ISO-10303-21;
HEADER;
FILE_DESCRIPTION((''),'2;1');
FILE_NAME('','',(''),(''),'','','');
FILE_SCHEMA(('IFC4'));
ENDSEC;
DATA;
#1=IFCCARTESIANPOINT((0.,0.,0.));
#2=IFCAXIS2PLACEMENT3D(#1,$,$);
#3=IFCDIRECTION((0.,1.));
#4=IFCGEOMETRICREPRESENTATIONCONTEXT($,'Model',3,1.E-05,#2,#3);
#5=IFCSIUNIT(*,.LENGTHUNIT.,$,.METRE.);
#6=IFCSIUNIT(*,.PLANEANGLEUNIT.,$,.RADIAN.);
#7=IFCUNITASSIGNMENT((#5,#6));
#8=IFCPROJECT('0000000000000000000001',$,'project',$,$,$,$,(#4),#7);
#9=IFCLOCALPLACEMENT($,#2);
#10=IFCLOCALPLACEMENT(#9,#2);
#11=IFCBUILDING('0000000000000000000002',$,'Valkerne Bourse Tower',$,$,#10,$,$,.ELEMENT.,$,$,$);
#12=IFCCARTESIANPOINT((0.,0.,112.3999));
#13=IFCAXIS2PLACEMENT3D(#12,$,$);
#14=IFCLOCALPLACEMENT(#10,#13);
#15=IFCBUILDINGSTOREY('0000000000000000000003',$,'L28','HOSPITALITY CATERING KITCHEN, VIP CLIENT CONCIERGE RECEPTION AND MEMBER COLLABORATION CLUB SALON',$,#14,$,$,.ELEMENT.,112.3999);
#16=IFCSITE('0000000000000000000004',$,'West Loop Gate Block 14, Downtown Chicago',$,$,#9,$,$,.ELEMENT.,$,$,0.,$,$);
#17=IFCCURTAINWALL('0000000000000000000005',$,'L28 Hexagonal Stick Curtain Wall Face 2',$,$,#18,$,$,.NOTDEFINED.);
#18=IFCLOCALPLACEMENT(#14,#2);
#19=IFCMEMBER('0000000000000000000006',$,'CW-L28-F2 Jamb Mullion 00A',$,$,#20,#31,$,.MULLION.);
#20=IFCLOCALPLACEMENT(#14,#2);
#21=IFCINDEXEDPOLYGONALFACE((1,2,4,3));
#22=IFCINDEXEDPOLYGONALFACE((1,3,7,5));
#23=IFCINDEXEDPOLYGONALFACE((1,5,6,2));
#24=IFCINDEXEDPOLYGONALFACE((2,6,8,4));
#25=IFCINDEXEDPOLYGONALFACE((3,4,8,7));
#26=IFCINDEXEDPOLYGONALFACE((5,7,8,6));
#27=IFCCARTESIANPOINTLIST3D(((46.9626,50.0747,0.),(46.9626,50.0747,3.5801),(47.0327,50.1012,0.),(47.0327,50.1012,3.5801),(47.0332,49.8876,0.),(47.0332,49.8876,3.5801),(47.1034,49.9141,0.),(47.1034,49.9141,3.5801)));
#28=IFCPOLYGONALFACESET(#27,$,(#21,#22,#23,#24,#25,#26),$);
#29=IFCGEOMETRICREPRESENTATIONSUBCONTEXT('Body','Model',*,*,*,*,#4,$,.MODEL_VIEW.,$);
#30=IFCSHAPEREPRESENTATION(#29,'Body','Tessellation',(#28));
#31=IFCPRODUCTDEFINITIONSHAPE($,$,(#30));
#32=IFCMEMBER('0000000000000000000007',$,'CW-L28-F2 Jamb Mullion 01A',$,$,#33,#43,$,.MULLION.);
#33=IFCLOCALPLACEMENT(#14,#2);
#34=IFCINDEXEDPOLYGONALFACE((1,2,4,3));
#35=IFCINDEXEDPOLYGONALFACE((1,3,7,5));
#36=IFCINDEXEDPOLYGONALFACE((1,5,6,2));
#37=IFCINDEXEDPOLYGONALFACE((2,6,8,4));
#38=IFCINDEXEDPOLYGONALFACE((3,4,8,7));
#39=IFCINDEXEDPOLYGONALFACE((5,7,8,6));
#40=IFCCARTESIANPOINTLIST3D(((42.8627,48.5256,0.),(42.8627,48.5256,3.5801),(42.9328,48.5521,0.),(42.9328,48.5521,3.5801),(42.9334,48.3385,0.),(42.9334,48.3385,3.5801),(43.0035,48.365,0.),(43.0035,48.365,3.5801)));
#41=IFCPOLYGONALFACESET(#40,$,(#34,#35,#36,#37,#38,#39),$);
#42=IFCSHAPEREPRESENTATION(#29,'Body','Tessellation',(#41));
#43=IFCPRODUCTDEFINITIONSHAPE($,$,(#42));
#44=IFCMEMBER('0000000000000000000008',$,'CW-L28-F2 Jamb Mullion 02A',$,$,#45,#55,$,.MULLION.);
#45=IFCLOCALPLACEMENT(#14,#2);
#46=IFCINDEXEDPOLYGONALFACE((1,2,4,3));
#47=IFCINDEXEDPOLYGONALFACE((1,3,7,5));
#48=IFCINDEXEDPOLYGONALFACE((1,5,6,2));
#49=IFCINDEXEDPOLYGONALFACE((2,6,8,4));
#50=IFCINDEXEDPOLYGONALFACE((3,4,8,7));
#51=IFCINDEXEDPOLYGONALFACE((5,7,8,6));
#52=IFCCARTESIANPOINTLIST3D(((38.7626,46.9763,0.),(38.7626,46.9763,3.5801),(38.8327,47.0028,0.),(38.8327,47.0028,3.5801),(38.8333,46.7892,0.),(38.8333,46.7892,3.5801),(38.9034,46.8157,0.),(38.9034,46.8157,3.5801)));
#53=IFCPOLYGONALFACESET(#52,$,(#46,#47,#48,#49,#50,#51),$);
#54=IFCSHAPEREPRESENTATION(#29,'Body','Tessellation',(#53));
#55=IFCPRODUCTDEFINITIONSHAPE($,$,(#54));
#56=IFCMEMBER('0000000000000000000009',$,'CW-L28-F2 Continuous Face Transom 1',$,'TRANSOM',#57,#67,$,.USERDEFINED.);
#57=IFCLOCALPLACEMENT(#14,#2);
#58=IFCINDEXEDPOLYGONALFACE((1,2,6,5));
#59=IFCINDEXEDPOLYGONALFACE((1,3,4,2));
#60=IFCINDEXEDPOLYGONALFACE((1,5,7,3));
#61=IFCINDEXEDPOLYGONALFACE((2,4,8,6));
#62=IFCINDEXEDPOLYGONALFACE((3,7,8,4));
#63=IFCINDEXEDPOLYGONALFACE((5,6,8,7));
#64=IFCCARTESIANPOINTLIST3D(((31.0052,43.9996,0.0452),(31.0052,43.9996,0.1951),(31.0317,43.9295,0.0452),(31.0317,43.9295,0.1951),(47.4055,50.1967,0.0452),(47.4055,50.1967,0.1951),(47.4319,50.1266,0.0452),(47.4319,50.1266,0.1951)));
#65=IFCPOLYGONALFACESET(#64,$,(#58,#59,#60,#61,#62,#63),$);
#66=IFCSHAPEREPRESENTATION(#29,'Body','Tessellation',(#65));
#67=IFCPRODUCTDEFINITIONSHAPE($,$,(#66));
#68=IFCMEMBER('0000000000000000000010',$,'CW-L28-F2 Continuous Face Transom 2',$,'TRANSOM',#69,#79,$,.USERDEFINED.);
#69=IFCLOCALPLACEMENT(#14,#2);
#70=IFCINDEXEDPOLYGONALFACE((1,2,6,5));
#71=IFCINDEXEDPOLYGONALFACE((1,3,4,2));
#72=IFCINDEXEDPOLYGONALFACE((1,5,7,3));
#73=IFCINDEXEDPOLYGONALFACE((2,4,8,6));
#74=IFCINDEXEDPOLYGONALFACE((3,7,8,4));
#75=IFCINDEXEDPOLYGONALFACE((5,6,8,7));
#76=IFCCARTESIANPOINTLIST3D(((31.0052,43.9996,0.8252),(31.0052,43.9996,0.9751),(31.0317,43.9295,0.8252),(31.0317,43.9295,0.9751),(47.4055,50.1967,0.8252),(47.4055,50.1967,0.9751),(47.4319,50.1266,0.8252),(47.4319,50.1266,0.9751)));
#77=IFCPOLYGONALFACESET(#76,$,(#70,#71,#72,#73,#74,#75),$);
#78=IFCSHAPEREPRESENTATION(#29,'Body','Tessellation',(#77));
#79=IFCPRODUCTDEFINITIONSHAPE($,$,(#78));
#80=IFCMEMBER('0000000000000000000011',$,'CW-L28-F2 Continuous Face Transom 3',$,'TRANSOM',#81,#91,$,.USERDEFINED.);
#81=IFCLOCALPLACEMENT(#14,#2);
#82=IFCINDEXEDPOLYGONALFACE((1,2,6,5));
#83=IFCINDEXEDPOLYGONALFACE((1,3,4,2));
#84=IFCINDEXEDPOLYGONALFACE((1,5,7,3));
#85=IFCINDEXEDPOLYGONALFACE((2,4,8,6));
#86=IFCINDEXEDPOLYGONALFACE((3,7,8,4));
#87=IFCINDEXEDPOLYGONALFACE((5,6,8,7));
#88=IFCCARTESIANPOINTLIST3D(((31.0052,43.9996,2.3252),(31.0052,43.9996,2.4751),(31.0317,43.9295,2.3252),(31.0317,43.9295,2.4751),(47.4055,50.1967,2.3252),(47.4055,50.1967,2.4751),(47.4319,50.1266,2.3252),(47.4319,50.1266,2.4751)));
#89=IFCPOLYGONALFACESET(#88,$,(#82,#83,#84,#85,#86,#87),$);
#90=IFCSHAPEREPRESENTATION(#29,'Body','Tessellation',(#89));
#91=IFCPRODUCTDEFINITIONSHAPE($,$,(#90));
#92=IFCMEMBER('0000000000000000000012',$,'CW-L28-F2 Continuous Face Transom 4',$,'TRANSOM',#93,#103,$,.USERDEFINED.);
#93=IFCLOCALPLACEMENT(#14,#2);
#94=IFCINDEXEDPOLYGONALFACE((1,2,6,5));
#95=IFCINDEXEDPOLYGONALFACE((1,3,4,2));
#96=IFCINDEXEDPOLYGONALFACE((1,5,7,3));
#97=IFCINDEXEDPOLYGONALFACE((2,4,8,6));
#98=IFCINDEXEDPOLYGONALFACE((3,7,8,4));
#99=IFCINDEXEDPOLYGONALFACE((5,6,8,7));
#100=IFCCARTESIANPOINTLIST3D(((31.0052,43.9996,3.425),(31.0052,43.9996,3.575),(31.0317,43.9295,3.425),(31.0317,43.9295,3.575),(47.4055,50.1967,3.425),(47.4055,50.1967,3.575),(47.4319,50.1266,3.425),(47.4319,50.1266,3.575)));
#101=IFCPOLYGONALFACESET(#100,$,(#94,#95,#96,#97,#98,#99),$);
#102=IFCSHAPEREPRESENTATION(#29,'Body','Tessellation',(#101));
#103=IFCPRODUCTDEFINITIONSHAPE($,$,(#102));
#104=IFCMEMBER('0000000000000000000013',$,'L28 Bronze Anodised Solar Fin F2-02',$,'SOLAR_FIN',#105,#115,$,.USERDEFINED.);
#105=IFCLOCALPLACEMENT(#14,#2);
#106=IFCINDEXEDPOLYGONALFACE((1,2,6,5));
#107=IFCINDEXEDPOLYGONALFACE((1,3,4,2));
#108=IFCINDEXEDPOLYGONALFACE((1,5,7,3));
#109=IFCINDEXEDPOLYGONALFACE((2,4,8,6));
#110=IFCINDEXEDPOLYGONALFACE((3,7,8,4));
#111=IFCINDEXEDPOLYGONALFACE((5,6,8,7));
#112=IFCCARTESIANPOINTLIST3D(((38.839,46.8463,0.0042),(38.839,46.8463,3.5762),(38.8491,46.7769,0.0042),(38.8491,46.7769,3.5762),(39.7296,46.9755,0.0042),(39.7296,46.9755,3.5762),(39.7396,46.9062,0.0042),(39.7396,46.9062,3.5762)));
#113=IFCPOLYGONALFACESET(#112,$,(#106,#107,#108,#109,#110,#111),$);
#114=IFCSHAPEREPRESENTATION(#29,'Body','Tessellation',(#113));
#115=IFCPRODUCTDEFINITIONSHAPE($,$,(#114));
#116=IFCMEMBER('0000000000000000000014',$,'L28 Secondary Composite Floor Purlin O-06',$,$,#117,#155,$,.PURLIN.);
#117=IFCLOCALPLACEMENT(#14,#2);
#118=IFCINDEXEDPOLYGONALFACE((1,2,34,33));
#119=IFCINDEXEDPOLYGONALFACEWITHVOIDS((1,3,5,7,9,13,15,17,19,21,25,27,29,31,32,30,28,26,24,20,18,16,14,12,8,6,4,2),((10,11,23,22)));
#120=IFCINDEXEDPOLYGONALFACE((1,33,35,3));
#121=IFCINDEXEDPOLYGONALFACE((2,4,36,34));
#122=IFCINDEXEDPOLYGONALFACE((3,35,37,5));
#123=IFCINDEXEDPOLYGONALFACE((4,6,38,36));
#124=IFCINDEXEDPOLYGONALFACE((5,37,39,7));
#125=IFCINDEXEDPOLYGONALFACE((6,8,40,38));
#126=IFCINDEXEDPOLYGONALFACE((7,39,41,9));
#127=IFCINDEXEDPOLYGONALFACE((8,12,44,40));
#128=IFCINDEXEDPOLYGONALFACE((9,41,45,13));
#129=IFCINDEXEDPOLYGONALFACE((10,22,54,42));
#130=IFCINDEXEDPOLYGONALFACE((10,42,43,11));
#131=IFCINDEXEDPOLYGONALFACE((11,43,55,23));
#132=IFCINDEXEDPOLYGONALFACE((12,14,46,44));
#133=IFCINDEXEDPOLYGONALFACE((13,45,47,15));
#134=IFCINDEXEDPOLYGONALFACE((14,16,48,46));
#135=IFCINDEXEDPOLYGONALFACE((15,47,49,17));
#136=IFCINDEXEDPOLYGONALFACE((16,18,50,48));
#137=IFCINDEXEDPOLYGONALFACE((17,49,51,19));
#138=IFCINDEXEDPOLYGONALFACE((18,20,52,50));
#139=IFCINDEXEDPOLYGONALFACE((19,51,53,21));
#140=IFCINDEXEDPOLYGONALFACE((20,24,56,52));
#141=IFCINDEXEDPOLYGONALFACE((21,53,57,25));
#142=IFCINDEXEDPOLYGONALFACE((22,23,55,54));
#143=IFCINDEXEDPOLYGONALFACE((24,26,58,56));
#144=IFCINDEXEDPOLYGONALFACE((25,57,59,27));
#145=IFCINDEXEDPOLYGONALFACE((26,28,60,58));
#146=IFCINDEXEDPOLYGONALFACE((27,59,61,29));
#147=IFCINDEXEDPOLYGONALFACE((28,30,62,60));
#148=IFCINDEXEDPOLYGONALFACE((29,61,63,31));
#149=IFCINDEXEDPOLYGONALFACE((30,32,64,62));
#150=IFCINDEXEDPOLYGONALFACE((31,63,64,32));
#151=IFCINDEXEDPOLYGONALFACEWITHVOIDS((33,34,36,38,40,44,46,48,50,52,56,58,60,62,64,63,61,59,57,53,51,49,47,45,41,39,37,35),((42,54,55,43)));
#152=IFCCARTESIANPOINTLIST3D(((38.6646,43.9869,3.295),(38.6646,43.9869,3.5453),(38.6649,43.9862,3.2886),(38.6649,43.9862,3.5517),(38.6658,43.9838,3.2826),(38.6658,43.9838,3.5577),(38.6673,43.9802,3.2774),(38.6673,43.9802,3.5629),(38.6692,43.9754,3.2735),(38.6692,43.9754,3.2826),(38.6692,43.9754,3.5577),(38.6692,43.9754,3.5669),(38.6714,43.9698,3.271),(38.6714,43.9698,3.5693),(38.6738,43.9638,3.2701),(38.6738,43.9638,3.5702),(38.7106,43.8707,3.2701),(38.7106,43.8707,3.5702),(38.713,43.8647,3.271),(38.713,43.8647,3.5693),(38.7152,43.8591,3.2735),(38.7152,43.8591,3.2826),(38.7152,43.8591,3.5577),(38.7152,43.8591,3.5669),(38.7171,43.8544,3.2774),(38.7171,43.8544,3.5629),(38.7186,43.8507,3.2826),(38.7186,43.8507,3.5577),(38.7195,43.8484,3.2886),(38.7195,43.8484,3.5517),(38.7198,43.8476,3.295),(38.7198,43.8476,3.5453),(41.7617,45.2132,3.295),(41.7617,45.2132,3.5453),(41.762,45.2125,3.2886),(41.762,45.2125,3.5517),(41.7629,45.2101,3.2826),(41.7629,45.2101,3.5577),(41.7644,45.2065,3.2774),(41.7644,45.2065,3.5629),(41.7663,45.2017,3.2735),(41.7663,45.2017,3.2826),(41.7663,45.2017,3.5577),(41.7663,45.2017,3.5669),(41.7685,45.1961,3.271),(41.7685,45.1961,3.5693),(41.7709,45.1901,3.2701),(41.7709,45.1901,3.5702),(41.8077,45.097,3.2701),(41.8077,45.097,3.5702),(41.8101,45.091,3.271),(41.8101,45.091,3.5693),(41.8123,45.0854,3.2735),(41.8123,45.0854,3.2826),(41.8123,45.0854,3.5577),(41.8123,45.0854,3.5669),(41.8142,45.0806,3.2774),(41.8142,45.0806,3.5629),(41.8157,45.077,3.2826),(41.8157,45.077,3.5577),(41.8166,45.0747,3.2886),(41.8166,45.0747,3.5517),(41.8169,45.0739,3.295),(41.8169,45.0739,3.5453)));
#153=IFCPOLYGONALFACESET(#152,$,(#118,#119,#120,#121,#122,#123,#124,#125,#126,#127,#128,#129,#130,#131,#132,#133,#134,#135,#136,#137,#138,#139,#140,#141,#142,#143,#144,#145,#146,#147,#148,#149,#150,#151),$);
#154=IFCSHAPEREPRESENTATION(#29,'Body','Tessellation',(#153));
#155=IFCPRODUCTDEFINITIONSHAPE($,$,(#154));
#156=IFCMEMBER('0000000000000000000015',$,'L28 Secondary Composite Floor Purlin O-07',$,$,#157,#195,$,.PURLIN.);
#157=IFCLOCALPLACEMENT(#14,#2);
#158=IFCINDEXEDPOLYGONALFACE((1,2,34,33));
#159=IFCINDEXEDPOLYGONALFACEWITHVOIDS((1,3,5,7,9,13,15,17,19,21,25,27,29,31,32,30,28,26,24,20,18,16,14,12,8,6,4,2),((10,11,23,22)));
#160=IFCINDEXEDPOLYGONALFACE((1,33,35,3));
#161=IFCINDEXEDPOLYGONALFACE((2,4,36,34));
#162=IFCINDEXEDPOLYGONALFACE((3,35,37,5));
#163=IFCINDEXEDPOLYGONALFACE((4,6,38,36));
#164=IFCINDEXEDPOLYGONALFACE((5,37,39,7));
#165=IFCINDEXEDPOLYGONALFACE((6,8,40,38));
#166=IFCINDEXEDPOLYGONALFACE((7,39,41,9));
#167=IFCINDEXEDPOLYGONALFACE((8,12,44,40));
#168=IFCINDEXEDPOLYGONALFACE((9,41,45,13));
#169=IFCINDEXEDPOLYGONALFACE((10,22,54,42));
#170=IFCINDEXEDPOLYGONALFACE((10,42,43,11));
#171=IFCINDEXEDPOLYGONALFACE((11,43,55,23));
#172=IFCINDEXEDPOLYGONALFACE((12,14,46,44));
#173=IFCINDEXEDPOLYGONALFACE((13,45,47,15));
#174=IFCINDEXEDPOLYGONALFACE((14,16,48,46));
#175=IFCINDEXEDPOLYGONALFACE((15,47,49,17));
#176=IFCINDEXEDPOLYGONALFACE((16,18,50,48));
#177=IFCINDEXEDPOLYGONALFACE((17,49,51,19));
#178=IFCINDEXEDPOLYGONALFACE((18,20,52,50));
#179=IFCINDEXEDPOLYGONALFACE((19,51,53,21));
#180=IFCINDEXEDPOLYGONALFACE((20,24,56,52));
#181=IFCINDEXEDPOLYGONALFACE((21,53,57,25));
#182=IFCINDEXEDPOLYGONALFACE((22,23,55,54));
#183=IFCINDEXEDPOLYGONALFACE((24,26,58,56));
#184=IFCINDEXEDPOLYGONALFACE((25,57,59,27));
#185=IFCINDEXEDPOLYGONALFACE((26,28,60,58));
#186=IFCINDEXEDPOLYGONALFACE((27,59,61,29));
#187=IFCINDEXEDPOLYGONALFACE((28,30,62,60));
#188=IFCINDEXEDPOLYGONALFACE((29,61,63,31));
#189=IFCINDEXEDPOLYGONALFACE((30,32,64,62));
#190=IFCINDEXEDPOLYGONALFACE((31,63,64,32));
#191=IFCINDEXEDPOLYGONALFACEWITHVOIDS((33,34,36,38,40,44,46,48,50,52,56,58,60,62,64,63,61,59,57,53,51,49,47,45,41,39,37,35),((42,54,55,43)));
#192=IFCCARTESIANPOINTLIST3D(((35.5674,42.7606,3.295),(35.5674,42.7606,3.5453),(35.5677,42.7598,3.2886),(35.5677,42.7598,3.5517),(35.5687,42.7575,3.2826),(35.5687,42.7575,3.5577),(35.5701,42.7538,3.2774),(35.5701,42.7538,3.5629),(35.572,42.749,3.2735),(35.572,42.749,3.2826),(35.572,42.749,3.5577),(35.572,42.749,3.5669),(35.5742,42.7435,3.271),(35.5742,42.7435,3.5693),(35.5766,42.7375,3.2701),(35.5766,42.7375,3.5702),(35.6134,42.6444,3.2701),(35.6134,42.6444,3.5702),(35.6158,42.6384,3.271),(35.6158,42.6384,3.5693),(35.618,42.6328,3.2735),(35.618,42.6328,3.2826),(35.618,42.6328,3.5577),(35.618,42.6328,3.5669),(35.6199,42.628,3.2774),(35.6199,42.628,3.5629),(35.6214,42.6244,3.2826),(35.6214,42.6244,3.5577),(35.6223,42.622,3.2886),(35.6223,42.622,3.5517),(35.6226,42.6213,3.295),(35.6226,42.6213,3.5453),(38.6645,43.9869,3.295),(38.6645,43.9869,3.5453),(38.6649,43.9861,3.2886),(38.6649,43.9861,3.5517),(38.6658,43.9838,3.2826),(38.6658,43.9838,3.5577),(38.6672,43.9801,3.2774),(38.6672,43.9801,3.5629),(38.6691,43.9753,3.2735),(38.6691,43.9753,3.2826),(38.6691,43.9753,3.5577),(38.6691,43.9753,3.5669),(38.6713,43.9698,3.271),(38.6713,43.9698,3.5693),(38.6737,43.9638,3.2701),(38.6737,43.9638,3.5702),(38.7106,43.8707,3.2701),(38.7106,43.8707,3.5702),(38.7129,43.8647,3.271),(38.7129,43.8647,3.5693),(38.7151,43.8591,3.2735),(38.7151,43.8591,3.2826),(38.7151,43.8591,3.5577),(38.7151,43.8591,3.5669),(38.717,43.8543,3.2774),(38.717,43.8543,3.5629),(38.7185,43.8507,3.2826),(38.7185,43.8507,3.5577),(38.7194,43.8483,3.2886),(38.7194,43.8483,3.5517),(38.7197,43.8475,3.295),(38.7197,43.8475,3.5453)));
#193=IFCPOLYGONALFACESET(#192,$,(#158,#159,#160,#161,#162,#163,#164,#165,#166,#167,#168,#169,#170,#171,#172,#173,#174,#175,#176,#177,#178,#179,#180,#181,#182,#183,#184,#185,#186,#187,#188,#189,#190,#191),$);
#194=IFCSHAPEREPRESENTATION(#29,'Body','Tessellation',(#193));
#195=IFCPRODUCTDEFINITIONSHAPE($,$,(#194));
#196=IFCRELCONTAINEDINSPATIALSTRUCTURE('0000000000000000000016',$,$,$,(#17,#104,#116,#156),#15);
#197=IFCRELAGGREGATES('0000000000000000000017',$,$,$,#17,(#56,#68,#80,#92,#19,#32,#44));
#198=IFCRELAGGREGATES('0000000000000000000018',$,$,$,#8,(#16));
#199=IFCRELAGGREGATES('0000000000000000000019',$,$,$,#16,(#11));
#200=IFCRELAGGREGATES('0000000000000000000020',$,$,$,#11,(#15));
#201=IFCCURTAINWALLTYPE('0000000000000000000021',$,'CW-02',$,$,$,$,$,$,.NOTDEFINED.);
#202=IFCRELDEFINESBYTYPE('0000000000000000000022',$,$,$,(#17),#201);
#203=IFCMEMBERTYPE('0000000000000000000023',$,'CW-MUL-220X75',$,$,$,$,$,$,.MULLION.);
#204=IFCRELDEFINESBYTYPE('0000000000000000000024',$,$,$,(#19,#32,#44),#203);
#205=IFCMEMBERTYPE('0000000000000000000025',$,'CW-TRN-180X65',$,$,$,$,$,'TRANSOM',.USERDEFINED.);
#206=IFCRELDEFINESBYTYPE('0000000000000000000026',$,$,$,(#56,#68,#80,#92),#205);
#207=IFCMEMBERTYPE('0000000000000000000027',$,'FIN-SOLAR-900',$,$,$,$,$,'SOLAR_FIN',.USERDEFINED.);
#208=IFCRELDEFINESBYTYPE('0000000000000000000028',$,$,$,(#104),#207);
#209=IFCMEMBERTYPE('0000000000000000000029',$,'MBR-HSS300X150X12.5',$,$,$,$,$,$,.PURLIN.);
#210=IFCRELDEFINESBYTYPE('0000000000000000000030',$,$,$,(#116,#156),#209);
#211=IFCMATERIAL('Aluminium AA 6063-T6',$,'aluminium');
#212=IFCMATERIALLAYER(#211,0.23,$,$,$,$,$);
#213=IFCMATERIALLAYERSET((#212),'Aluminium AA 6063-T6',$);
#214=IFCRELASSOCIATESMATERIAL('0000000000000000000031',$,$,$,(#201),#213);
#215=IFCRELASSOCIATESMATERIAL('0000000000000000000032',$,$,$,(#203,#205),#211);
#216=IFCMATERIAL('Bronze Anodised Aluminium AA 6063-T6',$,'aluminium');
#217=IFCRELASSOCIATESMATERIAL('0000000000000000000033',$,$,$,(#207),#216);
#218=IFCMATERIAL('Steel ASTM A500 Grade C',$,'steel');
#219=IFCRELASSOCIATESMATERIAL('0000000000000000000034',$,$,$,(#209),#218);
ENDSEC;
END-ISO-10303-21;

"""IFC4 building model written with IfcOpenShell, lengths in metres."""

from ifc_helpers import new_model, si_unit, direction, frame, origin, origin_2d, place, context, subcontext, project, spatial, rectangle, hollow_rectangle, extrude, material, layer, layer_set, material_profile, profile_set, type_object, element, aggregate, save


model = new_model("IFC4")

# Units and contexts
model_context = context("Model", 3, precision=1e-05, world=origin(), true_north=direction((0.0, 1.0)))
body_context = subcontext(model_context, "Body", "Model", "MODEL_VIEW")
ifc_project = project(units=[si_unit("LENGTHUNIT", "METRE"), si_unit("PLANEANGLEUNIT", "RADIAN")], contexts=[model_context])

# Site, building, storey
site_placement = place(None, origin())
site = spatial("IfcSite", under=ifc_project, at=site_placement, Name="West Loop Gate Block 14, Downtown Chicago", CompositionType="ELEMENT", RefElevation=0.0)
building_placement = place(site_placement, origin())
building = spatial("IfcBuilding", under=site, at=building_placement, Name="Valkerne Bourse Tower", CompositionType="ELEMENT")
storey_placement = place(building_placement, frame((0.0, 0.0, 112.3999)))
storey = spatial("IfcBuildingStorey", under=building, at=storey_placement, Name="L28", Description="HOSPITALITY CATERING KITCHEN, VIP CLIENT CONCIERGE RECEPTION AND MEMBER COLLABORATION CLUB SALON", CompositionType="ELEMENT", Elevation=112.3999)

# Curtain wall, members
ifc_material_1 = material(Name="Aluminium AA 6063-T6", Category="aluminium")
ifc_layer_1 = layer(ifc_material_1, 0.23)
ifc_layer_set_1 = layer_set([ifc_layer_1], Name="Aluminium AA 6063-T6")
curtain_wall_type = type_object("IfcCurtainWallType", Name="CW-02", PredefinedType="NOTDEFINED", material=ifc_layer_set_1)
curtain_wall_placement = place(storey_placement, origin())
curtain_wall = element("IfcCurtainWall", 1, at=curtain_wall_placement, inside=storey, type_object=curtain_wall_type, Name="L28 Hexagonal Stick Curtain Wall Face 2", PredefinedType="NOTDEFINED")
ifc_material_profile_1 = material_profile(ifc_material_1, rectangle(XDim=0.075, YDim=0.2, at=origin_2d()), Name="CWM-75X200")
ifc_profile_set_1 = profile_set([ifc_material_profile_1], Name="Aluminium AA 6063-T6")
member_type_1 = type_object("IfcMemberType", Name="CW-MUL-220X75", PredefinedType="MULLION", material=ifc_profile_set_1)
member_1_placement = place(storey_placement, frame((47.033, 49.9944, 0.0), z_axis=(0.0, 0.0, 1.0), x_axis=(-0.935449, -0.353463, 0.0)))
member_1 = element("IfcMember", 2, at=member_1_placement, type_object=member_type_1, Name="CW-L28-F2 Jamb Mullion 00A", PredefinedType="MULLION", context=body_context, shape_type="SweptSolid", body=[
    extrude(rectangle(XDim=0.075, YDim=0.2, at=origin_2d()), origin(), (0.0, 0.0, 1.0), 3.5801),
])
member_2_placement = place(storey_placement, frame((42.9331, 48.4453, 0.0), z_axis=(0.0, 0.0, 1.0), x_axis=(-0.935444, -0.353475, 0.0)))
member_2 = element("IfcMember", 3, at=member_2_placement, type_object=member_type_1, Name="CW-L28-F2 Jamb Mullion 01A", PredefinedType="MULLION", context=body_context, shape_type="SweptSolid", body=[
    extrude(rectangle(XDim=0.075, YDim=0.2, at=origin_2d()), origin(), (0.0, 0.0, 1.0), 3.5801),
])
member_3_placement = place(storey_placement, frame((38.833, 46.896, 0.0), z_axis=(0.0, 0.0, 1.0), x_axis=(-0.935441, -0.353483, 0.0)))
member_3 = element("IfcMember", 4, at=member_3_placement, type_object=member_type_1, Name="CW-L28-F2 Jamb Mullion 02A", PredefinedType="MULLION", context=body_context, shape_type="SweptSolid", body=[
    extrude(rectangle(XDim=0.075, YDim=0.2, at=origin_2d()), origin(), (0.0, 0.0, 1.0), 3.5801),
])
ifc_material_profile_2 = material_profile(ifc_material_1, rectangle(XDim=0.075, YDim=0.1499, at=origin_2d()), Name="CWT-75X150")
ifc_profile_set_2 = profile_set([ifc_material_profile_2], Name="Aluminium AA 6063-T6")
member_type_2 = type_object("IfcMemberType", Name="CW-TRN-180X65", ElementType="TRANSOM", PredefinedType="USERDEFINED", material=ifc_profile_set_2)
member_4_placement = place(storey_placement, frame((47.4187, 50.1616, 0.1201), z_axis=(-0.935445, -0.353471, 0.0), x_axis=(0.353471, -0.935445, 0.0)))
member_4 = element("IfcMember", 5, at=member_4_placement, type_object=member_type_2, Name="CW-L28-F2 Continuous Face Transom 1", ObjectType="TRANSOM", PredefinedType="USERDEFINED", context=body_context, shape_type="SweptSolid", body=[
    extrude(rectangle(XDim=0.075, YDim=0.1499, at=origin_2d()), origin(), (0.0, 0.0, 1.0), 17.532),
])
member_5_placement = place(storey_placement, frame((47.4187, 50.1616, 0.9001), z_axis=(-0.935445, -0.353471, 0.0), x_axis=(0.353471, -0.935445, 0.0)))
member_5 = element("IfcMember", 6, at=member_5_placement, type_object=member_type_2, Name="CW-L28-F2 Continuous Face Transom 2", ObjectType="TRANSOM", PredefinedType="USERDEFINED", context=body_context, shape_type="SweptSolid", body=[
    extrude(rectangle(XDim=0.075, YDim=0.1499, at=origin_2d()), origin(), (0.0, 0.0, 1.0), 17.532),
])
member_6_placement = place(storey_placement, frame((47.4187, 50.1616, 2.4001), z_axis=(-0.935445, -0.353471, 0.0), x_axis=(0.353471, -0.935445, 0.0)))
member_6 = element("IfcMember", 7, at=member_6_placement, type_object=member_type_2, Name="CW-L28-F2 Continuous Face Transom 3", ObjectType="TRANSOM", PredefinedType="USERDEFINED", context=body_context, shape_type="SweptSolid", body=[
    extrude(rectangle(XDim=0.075, YDim=0.1499, at=origin_2d()), origin(), (0.0, 0.0, 1.0), 17.532),
])
member_7_placement = place(storey_placement, frame((47.4187, 50.1616, 3.5), z_axis=(-0.935445, -0.353471, 0.0), x_axis=(0.353471, -0.935445, 0.0)))
member_7 = element("IfcMember", 8, at=member_7_placement, type_object=member_type_2, Name="CW-L28-F2 Continuous Face Transom 4", ObjectType="TRANSOM", PredefinedType="USERDEFINED", context=body_context, shape_type="SweptSolid", body=[
    extrude(rectangle(XDim=0.075, YDim=0.1499, at=origin_2d()), origin(), (0.0, 0.0, 1.0), 17.532),
])

# Members
ifc_material_2 = material(Name="Bronze Anodised Aluminium AA 6063-T6", Category="aluminium")
ifc_material_profile_3 = material_profile(ifc_material_2, rectangle(XDim=0.0701, YDim=0.8999, at=origin_2d()), Name="FIN-70X900")
ifc_profile_set_3 = profile_set([ifc_material_profile_3], Name="Bronze Anodised Aluminium AA 6063-T6")
member_type_3 = type_object("IfcMemberType", Name="FIN-SOLAR-900", ElementType="SOLAR_FIN", PredefinedType="USERDEFINED", material=ifc_profile_set_3)
member_8_placement = place(storey_placement, frame((39.2893, 46.8762, 0.0042), z_axis=(0.0, 0.0, 1.0), x_axis=(-0.143662, 0.989627, 0.0)))
element("IfcMember", 9, at=member_8_placement, inside=storey, type_object=member_type_3, Name="L28 Bronze Anodised Solar Fin F2-02", ObjectType="SOLAR_FIN", PredefinedType="USERDEFINED", context=body_context, shape_type="SweptSolid", body=[
    extrude(rectangle(XDim=0.0701, YDim=0.8999, at=origin_2d()), origin(), (0.0, 0.0, 1.0), 3.572),
])
ifc_material_3 = material(Name="Steel ASTM A500 Grade C", Category="steel")
ifc_material_profile_4 = material_profile(ifc_material_3, hollow_rectangle(XDim=0.1499, YDim=0.3, WallThickness=0.0125, OuterFilletRadius=0.0249, at=origin_2d()), Name="HSS300X150X12.5")
ifc_profile_set_4 = profile_set([ifc_material_profile_4], Name="Steel ASTM A500 Grade C")
member_type_4 = type_object("IfcMemberType", Name="MBR-HSS300X150X12.5", PredefinedType="PURLIN", material=ifc_profile_set_4)
for number, where, z_axis, x_axis, name in (
    (10, (41.7893, 45.1436, 3.4202), (-0.92977, -0.368141, 0.0), (0.368141, -0.92977, 0.0), "L28 Secondary Composite Floor Purlin O-06"),
    (11, (38.6921, 43.9172, 3.4202), (-0.92977, -0.368141, 0.0), (0.368141, -0.92977, 0.0), "L28 Secondary Composite Floor Purlin O-07"),
):
    element("IfcMember", number, at=place(storey_placement, frame(where, z_axis=z_axis, x_axis=x_axis)), inside=storey, type_object=member_type_4, Name=name, PredefinedType="PURLIN", context=body_context, shape_type="SweptSolid", body=[
        extrude(hollow_rectangle(XDim=0.1499, YDim=0.3, WallThickness=0.0125, OuterFilletRadius=0.0249, at=origin_2d()), origin(), (0.0, 0.0, 1.0), 3.3311),
    ])

aggregate(curtain_wall, [member_4, member_5, member_6, member_7, member_1, member_2, member_3])

save(model, "model.ifc")
